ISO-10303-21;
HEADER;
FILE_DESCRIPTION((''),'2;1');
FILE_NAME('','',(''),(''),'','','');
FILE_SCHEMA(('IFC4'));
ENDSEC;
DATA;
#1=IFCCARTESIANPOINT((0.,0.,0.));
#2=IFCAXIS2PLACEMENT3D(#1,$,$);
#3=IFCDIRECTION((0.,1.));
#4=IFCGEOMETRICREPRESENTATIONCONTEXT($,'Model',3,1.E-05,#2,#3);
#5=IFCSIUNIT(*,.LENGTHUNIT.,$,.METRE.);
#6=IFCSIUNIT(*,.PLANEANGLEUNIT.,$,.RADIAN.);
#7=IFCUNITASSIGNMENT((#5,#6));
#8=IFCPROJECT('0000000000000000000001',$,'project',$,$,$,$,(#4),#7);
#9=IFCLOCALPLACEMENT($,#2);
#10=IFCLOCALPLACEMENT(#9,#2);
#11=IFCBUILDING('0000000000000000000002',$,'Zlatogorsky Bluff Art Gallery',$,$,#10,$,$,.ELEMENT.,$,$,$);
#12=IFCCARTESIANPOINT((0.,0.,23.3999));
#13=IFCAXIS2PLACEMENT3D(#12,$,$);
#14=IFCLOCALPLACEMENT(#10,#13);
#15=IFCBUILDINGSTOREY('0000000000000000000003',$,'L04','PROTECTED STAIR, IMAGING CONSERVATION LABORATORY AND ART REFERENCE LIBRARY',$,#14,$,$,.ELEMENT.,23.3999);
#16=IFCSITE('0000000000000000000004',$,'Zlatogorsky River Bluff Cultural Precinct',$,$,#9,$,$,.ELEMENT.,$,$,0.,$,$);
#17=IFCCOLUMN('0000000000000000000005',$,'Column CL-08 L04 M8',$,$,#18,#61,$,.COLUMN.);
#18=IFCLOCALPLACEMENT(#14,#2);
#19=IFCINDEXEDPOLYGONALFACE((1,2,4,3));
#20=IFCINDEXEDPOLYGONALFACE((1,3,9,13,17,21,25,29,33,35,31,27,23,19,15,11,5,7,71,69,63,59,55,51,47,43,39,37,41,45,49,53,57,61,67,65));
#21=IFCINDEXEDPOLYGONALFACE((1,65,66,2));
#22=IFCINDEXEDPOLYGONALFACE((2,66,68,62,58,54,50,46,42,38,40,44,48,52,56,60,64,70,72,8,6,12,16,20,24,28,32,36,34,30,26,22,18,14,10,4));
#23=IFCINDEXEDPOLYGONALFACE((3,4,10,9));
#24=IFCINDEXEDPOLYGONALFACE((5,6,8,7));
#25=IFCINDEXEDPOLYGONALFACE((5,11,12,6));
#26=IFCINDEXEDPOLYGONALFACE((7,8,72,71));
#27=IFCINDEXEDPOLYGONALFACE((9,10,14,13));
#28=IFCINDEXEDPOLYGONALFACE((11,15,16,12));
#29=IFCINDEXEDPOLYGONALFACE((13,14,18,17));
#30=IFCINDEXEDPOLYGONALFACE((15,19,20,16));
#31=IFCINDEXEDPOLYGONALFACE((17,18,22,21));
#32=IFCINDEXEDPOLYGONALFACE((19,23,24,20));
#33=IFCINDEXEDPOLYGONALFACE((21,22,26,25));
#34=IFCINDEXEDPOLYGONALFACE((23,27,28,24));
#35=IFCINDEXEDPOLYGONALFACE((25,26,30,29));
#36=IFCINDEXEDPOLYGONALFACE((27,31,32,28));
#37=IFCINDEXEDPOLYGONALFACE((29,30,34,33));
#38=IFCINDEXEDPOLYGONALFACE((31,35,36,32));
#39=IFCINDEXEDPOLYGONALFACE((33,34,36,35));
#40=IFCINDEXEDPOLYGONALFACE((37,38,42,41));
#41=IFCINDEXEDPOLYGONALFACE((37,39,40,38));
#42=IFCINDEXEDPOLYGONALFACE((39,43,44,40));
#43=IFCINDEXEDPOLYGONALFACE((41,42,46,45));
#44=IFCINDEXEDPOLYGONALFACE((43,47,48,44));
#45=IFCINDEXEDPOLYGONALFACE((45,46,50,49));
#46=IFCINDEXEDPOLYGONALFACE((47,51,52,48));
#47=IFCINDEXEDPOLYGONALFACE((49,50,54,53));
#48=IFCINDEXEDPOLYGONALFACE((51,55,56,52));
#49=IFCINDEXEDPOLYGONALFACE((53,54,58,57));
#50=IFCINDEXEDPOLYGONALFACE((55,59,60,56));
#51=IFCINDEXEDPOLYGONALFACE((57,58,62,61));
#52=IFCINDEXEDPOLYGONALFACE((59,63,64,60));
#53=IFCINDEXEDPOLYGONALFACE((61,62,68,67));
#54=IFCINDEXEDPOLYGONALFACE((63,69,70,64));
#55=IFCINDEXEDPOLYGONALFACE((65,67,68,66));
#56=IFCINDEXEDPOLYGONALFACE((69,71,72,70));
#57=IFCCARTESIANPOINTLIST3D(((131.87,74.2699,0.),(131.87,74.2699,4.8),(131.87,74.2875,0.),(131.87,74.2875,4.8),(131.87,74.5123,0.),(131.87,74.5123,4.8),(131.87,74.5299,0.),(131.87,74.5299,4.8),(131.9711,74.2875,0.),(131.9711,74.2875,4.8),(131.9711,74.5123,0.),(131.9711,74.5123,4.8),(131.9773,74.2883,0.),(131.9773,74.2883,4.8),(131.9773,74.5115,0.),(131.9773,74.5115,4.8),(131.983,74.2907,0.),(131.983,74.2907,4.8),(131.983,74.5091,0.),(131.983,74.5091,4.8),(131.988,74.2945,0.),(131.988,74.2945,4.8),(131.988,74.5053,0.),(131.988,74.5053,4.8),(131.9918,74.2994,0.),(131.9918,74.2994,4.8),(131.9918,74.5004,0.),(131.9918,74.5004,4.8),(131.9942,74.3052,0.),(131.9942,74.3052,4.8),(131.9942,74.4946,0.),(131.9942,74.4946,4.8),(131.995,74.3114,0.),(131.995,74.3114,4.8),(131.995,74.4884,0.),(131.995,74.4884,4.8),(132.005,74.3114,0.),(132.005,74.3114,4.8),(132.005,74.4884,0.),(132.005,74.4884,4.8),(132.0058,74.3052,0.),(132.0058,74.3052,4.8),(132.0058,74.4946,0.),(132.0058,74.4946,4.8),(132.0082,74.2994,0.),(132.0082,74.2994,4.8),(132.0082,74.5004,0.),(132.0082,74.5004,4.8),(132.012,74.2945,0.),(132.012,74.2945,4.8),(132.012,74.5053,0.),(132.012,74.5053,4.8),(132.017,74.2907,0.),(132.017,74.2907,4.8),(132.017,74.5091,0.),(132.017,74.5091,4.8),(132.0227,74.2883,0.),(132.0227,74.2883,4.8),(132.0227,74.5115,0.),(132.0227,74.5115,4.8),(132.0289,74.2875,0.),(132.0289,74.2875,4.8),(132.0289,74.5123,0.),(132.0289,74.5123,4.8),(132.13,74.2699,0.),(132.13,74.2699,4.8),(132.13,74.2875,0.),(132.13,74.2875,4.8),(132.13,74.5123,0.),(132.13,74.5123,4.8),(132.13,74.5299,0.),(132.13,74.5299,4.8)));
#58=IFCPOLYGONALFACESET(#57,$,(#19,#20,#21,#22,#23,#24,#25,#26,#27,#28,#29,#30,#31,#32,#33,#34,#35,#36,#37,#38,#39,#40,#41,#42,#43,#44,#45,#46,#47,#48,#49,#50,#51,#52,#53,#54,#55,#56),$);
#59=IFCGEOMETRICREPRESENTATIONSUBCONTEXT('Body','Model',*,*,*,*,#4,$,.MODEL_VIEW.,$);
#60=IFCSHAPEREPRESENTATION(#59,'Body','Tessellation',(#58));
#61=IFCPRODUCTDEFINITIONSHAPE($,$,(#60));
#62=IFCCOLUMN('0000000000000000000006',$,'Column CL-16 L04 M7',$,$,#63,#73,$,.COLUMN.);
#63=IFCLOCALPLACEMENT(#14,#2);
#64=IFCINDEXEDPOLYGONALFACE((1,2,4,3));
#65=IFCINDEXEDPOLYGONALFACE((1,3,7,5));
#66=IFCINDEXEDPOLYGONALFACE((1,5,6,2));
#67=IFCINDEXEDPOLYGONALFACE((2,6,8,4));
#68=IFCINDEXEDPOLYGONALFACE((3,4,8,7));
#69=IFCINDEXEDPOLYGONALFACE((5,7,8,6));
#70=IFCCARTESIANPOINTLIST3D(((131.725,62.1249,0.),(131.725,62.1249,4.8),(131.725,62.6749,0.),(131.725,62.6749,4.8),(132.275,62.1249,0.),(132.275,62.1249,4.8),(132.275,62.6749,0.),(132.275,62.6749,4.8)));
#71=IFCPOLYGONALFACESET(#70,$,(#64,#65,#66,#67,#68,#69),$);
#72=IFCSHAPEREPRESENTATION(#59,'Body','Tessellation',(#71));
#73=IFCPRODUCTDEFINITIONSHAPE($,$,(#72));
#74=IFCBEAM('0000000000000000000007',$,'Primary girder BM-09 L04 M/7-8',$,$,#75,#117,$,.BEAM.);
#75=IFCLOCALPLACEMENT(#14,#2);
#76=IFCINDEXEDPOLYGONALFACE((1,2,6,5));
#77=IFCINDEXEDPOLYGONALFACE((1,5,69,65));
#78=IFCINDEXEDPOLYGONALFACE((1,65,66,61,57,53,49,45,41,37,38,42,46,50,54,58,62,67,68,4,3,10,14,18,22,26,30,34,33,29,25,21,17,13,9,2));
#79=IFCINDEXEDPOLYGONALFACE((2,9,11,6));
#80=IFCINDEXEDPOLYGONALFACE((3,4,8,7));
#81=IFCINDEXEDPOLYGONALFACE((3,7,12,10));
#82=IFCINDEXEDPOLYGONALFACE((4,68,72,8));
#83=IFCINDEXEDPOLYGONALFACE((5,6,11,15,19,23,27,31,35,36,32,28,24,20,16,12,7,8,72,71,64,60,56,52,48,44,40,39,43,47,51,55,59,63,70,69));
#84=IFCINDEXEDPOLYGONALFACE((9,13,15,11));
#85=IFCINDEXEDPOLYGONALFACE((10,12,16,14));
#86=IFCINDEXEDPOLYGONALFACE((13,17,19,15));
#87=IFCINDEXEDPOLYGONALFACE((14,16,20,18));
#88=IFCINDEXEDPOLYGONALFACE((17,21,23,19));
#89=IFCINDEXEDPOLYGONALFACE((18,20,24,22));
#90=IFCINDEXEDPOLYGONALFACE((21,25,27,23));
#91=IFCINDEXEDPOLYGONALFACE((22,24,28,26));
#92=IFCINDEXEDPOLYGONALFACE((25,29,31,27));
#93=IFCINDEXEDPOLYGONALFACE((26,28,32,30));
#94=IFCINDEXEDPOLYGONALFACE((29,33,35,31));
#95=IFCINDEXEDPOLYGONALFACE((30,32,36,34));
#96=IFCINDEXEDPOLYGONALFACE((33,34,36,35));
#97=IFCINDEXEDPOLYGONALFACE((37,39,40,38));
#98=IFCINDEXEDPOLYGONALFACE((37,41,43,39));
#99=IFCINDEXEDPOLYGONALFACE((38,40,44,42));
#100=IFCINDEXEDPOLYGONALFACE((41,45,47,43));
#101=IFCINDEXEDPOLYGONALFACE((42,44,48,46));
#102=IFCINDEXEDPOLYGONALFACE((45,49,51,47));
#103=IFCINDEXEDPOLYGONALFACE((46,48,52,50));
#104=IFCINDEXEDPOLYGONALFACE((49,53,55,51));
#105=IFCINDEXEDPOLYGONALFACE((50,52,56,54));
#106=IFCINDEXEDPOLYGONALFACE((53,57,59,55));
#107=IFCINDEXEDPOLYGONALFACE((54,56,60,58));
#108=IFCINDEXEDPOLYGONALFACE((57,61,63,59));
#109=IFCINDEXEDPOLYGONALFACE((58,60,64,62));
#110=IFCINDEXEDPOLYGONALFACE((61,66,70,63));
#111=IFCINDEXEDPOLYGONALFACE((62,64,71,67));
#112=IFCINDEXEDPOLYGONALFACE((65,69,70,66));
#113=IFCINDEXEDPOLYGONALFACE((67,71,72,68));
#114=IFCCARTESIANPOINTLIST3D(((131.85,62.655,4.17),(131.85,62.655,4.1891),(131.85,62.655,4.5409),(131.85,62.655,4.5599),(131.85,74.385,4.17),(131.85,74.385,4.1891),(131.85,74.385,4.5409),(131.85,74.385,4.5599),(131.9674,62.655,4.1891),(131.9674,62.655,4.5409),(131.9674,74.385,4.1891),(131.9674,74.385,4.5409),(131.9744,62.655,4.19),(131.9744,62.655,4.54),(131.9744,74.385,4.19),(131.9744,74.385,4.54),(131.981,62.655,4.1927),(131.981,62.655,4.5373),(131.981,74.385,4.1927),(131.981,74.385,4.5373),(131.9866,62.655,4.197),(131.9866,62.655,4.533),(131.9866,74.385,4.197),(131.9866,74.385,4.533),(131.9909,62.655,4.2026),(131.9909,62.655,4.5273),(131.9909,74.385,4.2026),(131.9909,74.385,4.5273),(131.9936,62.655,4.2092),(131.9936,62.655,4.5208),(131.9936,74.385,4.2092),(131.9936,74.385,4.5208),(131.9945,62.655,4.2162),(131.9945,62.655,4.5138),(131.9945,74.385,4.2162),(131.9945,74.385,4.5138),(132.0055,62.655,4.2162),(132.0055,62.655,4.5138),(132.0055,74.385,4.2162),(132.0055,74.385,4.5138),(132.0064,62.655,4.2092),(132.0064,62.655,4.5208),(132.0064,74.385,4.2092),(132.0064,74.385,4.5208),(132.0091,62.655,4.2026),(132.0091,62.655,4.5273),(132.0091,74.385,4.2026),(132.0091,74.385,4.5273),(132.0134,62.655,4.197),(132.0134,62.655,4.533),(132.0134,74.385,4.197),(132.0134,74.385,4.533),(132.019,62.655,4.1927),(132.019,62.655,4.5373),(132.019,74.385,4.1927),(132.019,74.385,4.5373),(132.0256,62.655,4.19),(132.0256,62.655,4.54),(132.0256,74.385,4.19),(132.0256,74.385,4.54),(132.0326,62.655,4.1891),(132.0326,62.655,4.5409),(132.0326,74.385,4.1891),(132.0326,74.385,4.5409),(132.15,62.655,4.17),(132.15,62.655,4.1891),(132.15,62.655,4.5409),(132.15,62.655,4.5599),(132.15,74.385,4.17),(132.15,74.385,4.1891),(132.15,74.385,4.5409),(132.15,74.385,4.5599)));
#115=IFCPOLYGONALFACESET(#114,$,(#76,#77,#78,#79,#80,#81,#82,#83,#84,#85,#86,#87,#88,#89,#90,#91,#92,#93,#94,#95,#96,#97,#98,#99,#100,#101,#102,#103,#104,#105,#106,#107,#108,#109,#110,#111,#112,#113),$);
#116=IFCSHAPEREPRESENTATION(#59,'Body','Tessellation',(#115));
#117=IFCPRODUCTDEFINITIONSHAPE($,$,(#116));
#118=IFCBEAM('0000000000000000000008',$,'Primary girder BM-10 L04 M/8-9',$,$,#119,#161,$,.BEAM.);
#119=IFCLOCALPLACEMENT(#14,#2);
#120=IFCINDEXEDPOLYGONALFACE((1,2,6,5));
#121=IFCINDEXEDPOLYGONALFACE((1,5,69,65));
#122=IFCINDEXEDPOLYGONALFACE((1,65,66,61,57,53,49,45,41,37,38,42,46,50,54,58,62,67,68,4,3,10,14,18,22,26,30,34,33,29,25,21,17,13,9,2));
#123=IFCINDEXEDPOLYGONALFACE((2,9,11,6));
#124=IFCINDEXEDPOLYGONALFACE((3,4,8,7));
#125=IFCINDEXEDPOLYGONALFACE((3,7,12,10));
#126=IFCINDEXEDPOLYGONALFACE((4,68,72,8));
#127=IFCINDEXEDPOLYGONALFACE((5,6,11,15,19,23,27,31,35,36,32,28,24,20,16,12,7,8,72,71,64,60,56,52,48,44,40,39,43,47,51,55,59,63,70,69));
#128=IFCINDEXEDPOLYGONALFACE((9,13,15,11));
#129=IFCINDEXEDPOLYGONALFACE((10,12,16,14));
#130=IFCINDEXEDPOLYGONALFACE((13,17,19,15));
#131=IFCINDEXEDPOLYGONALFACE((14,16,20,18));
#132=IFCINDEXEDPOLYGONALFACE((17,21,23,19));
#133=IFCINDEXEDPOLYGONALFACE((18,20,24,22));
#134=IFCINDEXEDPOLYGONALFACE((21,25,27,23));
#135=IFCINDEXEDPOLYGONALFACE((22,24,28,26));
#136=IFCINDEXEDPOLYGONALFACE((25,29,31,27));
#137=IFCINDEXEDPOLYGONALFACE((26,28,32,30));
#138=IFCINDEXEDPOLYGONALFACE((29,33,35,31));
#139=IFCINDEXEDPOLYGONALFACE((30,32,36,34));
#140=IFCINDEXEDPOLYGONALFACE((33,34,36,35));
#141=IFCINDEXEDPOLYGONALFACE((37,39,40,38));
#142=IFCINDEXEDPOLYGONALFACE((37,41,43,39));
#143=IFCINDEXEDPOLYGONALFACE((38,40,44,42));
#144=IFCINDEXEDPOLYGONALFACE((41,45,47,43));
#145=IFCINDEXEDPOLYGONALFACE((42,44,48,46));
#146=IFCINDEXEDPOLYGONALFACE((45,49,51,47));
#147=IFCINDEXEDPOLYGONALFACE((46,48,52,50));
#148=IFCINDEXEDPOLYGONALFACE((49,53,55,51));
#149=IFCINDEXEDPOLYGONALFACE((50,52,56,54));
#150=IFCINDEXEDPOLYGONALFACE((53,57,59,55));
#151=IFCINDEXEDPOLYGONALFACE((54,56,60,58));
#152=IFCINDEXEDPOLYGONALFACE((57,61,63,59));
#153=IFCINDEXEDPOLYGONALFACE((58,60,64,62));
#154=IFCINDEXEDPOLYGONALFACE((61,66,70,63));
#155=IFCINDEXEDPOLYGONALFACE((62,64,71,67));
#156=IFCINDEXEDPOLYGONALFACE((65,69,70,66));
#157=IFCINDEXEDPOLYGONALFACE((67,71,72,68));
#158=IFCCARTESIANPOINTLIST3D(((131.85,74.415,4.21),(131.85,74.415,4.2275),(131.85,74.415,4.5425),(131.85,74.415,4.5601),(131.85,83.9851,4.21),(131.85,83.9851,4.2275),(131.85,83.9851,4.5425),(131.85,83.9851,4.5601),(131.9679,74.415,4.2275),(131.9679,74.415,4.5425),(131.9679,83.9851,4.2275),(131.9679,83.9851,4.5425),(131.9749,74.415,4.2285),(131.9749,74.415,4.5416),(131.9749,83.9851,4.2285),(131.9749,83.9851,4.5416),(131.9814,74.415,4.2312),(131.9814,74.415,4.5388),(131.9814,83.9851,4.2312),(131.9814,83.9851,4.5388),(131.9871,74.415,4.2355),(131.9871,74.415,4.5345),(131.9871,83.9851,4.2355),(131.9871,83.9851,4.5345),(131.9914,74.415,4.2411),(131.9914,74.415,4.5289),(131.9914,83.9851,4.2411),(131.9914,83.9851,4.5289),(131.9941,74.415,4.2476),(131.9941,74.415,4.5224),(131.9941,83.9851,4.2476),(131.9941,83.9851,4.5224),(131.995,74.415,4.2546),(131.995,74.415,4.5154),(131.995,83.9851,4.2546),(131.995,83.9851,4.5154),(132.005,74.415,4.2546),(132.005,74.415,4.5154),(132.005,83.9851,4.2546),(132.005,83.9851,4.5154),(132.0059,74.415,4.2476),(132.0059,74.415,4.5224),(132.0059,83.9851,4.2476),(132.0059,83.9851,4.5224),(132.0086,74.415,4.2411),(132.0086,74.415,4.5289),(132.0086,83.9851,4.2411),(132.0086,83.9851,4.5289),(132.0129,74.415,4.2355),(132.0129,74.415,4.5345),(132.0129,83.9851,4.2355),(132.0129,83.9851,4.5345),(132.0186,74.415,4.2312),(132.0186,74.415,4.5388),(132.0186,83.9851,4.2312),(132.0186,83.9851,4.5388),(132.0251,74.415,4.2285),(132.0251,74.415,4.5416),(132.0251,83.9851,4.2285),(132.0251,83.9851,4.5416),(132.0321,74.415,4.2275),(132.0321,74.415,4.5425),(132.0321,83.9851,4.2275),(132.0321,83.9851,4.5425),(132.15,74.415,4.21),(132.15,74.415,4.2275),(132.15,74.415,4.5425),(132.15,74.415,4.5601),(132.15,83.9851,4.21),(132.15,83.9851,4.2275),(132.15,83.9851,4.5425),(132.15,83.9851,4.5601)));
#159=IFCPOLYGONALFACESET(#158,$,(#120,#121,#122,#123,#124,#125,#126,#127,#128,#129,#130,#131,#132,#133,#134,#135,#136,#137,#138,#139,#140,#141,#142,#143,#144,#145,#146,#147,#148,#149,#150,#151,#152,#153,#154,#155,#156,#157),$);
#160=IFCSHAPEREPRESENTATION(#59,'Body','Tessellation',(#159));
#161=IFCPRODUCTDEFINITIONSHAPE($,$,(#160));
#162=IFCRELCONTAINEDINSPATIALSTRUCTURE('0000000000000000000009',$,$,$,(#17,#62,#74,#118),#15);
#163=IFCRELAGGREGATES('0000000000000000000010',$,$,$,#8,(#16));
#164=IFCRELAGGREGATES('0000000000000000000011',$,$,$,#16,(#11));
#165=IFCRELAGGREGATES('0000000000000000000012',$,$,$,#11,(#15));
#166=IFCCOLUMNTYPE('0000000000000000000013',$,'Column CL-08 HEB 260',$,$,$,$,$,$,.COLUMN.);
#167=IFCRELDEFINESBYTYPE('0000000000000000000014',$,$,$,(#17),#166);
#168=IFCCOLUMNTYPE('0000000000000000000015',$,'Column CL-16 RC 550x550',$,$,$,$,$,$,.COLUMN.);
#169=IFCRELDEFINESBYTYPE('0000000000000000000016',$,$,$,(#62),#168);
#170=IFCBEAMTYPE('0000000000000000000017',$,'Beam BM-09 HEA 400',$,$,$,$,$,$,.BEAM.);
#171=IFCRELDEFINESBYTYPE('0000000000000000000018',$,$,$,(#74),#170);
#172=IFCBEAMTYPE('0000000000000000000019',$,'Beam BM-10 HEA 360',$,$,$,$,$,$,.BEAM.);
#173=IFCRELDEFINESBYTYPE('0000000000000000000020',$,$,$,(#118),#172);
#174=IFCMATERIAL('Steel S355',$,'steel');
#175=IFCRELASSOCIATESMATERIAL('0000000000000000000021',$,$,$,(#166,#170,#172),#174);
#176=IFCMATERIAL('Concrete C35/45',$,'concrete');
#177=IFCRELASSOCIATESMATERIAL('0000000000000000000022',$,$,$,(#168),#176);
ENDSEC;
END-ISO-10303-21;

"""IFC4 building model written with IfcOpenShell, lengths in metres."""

from ifc_helpers import new_model, si_unit, direction, frame, origin, origin_2d, place, context, subcontext, project, spatial, rectangle, i_section, extrude, material, material_profile, profile_set, type_object, element, save


model = new_model("IFC4")

# Units and contexts
model_context = context("Model", 3, precision=1e-05, world=origin(), true_north=direction((0.0, 1.0)))
body_context = subcontext(model_context, "Body", "Model", "MODEL_VIEW")
ifc_project = project(units=[si_unit("LENGTHUNIT", "METRE"), si_unit("PLANEANGLEUNIT", "RADIAN")], contexts=[model_context])

# Site, building, storey
site_placement = place(None, origin())
site = spatial("IfcSite", under=ifc_project, at=site_placement, Name="Zlatogorsky River Bluff Cultural Precinct", CompositionType="ELEMENT", RefElevation=0.0)
building_placement = place(site_placement, origin())
building = spatial("IfcBuilding", under=site, at=building_placement, Name="Zlatogorsky Bluff Art Gallery", CompositionType="ELEMENT")
storey_placement = place(building_placement, frame((0.0, 0.0, 23.3999)))
storey = spatial("IfcBuildingStorey", under=building, at=storey_placement, Name="L04", Description="PROTECTED STAIR, IMAGING CONSERVATION LABORATORY AND ART REFERENCE LIBRARY", CompositionType="ELEMENT", Elevation=23.3999)

# Columns
ifc_material_1 = material(Name="Steel S355", Category="steel")
ifc_material_profile_1 = material_profile(ifc_material_1, i_section(OverallWidth=0.26, OverallDepth=0.26, WebThickness=0.01, FlangeThickness=0.0176, FilletRadius=0.0239, at=origin_2d()), Name="HEB 260")
ifc_profile_set_1 = profile_set([ifc_material_profile_1], Name="Steel S355")
column_type_1 = type_object("IfcColumnType", Name="Column CL-08 HEB 260", PredefinedType="COLUMN", material=ifc_profile_set_1)
column_1_placement = place(storey_placement, frame((132.0, 74.3999, 0.0), z_axis=(0.0, 0.0, 1.0), x_axis=(1.0, 0.0, 0.0)))
element("IfcColumn", 1, at=column_1_placement, inside=storey, type_object=column_type_1, Name="Column CL-08 L04 M8", PredefinedType="COLUMN", context=body_context, shape_type="SweptSolid", body=[
    extrude(i_section(OverallWidth=0.26, OverallDepth=0.26, WebThickness=0.01, FlangeThickness=0.0176, FilletRadius=0.0239, at=origin_2d()), origin(), (0.0, 0.0, 1.0), 4.8),
])
ifc_material_2 = material(Name="Concrete C35/45", Category="concrete")
ifc_material_profile_2 = material_profile(ifc_material_2, rectangle(XDim=0.55, YDim=0.55, at=origin_2d()), Name="RC 550x550")
ifc_profile_set_2 = profile_set([ifc_material_profile_2], Name="Concrete C35/45")
column_type_2 = type_object("IfcColumnType", Name="Column CL-16 RC 550x550", PredefinedType="COLUMN", material=ifc_profile_set_2)
column_2_placement = place(storey_placement, frame((132.0, 62.3999, 0.0), z_axis=(0.0, 0.0, 1.0), x_axis=(1.0, 0.0, 0.0)))
element("IfcColumn", 2, at=column_2_placement, inside=storey, type_object=column_type_2, Name="Column CL-16 L04 M7", PredefinedType="COLUMN", context=body_context, shape_type="SweptSolid", body=[
    extrude(rectangle(XDim=0.55, YDim=0.55, at=origin_2d()), origin(), (0.0, 0.0, 1.0), 4.8),
])

# Beams
ifc_material_profile_3 = material_profile(ifc_material_1, i_section(OverallWidth=0.3, OverallDepth=0.3899, WebThickness=0.011, FlangeThickness=0.019, FilletRadius=0.0271, at=origin_2d()), Name="HEA 400")
ifc_profile_set_3 = profile_set([ifc_material_profile_3], Name="Steel S355")
beam_type_1 = type_object("IfcBeamType", Name="Beam BM-09 HEA 400", PredefinedType="BEAM", material=ifc_profile_set_3)
beam_1_placement = place(storey_placement, frame((132.0, 62.655, 4.365), z_axis=(0.0, 1.0, 0.0), x_axis=(-1.0, 0.0, 0.0)))
element("IfcBeam", 3, at=beam_1_placement, inside=storey, type_object=beam_type_1, Name="Primary girder BM-09 L04 M/7-8", PredefinedType="BEAM", context=body_context, shape_type="SweptSolid", body=[
    extrude(i_section(OverallWidth=0.3, OverallDepth=0.3899, WebThickness=0.011, FlangeThickness=0.019, FilletRadius=0.0271, at=origin_2d()), origin(), (0.0, 0.0, 1.0), 11.73),
])
ifc_material_profile_4 = material_profile(ifc_material_1, i_section(OverallWidth=0.3, OverallDepth=0.3501, WebThickness=0.01, FlangeThickness=0.0176, FilletRadius=0.0271, at=origin_2d()), Name="HEA 360")
ifc_profile_set_4 = profile_set([ifc_material_profile_4], Name="Steel S355")
beam_type_2 = type_object("IfcBeamType", Name="Beam BM-10 HEA 360", PredefinedType="BEAM", material=ifc_profile_set_4)
beam_2_placement = place(storey_placement, frame((132.0, 74.415, 4.385), z_axis=(0.0, 1.0, 0.0), x_axis=(-1.0, 0.0, 0.0)))
element("IfcBeam", 4, at=beam_2_placement, inside=storey, type_object=beam_type_2, Name="Primary girder BM-10 L04 M/8-9", PredefinedType="BEAM", context=body_context, shape_type="SweptSolid", body=[
    extrude(i_section(OverallWidth=0.3, OverallDepth=0.3501, WebThickness=0.01, FlangeThickness=0.0176, FilletRadius=0.0271, at=origin_2d()), origin(), (0.0, 0.0, 1.0), 9.5701),
])

save(model, "model.ifc")
